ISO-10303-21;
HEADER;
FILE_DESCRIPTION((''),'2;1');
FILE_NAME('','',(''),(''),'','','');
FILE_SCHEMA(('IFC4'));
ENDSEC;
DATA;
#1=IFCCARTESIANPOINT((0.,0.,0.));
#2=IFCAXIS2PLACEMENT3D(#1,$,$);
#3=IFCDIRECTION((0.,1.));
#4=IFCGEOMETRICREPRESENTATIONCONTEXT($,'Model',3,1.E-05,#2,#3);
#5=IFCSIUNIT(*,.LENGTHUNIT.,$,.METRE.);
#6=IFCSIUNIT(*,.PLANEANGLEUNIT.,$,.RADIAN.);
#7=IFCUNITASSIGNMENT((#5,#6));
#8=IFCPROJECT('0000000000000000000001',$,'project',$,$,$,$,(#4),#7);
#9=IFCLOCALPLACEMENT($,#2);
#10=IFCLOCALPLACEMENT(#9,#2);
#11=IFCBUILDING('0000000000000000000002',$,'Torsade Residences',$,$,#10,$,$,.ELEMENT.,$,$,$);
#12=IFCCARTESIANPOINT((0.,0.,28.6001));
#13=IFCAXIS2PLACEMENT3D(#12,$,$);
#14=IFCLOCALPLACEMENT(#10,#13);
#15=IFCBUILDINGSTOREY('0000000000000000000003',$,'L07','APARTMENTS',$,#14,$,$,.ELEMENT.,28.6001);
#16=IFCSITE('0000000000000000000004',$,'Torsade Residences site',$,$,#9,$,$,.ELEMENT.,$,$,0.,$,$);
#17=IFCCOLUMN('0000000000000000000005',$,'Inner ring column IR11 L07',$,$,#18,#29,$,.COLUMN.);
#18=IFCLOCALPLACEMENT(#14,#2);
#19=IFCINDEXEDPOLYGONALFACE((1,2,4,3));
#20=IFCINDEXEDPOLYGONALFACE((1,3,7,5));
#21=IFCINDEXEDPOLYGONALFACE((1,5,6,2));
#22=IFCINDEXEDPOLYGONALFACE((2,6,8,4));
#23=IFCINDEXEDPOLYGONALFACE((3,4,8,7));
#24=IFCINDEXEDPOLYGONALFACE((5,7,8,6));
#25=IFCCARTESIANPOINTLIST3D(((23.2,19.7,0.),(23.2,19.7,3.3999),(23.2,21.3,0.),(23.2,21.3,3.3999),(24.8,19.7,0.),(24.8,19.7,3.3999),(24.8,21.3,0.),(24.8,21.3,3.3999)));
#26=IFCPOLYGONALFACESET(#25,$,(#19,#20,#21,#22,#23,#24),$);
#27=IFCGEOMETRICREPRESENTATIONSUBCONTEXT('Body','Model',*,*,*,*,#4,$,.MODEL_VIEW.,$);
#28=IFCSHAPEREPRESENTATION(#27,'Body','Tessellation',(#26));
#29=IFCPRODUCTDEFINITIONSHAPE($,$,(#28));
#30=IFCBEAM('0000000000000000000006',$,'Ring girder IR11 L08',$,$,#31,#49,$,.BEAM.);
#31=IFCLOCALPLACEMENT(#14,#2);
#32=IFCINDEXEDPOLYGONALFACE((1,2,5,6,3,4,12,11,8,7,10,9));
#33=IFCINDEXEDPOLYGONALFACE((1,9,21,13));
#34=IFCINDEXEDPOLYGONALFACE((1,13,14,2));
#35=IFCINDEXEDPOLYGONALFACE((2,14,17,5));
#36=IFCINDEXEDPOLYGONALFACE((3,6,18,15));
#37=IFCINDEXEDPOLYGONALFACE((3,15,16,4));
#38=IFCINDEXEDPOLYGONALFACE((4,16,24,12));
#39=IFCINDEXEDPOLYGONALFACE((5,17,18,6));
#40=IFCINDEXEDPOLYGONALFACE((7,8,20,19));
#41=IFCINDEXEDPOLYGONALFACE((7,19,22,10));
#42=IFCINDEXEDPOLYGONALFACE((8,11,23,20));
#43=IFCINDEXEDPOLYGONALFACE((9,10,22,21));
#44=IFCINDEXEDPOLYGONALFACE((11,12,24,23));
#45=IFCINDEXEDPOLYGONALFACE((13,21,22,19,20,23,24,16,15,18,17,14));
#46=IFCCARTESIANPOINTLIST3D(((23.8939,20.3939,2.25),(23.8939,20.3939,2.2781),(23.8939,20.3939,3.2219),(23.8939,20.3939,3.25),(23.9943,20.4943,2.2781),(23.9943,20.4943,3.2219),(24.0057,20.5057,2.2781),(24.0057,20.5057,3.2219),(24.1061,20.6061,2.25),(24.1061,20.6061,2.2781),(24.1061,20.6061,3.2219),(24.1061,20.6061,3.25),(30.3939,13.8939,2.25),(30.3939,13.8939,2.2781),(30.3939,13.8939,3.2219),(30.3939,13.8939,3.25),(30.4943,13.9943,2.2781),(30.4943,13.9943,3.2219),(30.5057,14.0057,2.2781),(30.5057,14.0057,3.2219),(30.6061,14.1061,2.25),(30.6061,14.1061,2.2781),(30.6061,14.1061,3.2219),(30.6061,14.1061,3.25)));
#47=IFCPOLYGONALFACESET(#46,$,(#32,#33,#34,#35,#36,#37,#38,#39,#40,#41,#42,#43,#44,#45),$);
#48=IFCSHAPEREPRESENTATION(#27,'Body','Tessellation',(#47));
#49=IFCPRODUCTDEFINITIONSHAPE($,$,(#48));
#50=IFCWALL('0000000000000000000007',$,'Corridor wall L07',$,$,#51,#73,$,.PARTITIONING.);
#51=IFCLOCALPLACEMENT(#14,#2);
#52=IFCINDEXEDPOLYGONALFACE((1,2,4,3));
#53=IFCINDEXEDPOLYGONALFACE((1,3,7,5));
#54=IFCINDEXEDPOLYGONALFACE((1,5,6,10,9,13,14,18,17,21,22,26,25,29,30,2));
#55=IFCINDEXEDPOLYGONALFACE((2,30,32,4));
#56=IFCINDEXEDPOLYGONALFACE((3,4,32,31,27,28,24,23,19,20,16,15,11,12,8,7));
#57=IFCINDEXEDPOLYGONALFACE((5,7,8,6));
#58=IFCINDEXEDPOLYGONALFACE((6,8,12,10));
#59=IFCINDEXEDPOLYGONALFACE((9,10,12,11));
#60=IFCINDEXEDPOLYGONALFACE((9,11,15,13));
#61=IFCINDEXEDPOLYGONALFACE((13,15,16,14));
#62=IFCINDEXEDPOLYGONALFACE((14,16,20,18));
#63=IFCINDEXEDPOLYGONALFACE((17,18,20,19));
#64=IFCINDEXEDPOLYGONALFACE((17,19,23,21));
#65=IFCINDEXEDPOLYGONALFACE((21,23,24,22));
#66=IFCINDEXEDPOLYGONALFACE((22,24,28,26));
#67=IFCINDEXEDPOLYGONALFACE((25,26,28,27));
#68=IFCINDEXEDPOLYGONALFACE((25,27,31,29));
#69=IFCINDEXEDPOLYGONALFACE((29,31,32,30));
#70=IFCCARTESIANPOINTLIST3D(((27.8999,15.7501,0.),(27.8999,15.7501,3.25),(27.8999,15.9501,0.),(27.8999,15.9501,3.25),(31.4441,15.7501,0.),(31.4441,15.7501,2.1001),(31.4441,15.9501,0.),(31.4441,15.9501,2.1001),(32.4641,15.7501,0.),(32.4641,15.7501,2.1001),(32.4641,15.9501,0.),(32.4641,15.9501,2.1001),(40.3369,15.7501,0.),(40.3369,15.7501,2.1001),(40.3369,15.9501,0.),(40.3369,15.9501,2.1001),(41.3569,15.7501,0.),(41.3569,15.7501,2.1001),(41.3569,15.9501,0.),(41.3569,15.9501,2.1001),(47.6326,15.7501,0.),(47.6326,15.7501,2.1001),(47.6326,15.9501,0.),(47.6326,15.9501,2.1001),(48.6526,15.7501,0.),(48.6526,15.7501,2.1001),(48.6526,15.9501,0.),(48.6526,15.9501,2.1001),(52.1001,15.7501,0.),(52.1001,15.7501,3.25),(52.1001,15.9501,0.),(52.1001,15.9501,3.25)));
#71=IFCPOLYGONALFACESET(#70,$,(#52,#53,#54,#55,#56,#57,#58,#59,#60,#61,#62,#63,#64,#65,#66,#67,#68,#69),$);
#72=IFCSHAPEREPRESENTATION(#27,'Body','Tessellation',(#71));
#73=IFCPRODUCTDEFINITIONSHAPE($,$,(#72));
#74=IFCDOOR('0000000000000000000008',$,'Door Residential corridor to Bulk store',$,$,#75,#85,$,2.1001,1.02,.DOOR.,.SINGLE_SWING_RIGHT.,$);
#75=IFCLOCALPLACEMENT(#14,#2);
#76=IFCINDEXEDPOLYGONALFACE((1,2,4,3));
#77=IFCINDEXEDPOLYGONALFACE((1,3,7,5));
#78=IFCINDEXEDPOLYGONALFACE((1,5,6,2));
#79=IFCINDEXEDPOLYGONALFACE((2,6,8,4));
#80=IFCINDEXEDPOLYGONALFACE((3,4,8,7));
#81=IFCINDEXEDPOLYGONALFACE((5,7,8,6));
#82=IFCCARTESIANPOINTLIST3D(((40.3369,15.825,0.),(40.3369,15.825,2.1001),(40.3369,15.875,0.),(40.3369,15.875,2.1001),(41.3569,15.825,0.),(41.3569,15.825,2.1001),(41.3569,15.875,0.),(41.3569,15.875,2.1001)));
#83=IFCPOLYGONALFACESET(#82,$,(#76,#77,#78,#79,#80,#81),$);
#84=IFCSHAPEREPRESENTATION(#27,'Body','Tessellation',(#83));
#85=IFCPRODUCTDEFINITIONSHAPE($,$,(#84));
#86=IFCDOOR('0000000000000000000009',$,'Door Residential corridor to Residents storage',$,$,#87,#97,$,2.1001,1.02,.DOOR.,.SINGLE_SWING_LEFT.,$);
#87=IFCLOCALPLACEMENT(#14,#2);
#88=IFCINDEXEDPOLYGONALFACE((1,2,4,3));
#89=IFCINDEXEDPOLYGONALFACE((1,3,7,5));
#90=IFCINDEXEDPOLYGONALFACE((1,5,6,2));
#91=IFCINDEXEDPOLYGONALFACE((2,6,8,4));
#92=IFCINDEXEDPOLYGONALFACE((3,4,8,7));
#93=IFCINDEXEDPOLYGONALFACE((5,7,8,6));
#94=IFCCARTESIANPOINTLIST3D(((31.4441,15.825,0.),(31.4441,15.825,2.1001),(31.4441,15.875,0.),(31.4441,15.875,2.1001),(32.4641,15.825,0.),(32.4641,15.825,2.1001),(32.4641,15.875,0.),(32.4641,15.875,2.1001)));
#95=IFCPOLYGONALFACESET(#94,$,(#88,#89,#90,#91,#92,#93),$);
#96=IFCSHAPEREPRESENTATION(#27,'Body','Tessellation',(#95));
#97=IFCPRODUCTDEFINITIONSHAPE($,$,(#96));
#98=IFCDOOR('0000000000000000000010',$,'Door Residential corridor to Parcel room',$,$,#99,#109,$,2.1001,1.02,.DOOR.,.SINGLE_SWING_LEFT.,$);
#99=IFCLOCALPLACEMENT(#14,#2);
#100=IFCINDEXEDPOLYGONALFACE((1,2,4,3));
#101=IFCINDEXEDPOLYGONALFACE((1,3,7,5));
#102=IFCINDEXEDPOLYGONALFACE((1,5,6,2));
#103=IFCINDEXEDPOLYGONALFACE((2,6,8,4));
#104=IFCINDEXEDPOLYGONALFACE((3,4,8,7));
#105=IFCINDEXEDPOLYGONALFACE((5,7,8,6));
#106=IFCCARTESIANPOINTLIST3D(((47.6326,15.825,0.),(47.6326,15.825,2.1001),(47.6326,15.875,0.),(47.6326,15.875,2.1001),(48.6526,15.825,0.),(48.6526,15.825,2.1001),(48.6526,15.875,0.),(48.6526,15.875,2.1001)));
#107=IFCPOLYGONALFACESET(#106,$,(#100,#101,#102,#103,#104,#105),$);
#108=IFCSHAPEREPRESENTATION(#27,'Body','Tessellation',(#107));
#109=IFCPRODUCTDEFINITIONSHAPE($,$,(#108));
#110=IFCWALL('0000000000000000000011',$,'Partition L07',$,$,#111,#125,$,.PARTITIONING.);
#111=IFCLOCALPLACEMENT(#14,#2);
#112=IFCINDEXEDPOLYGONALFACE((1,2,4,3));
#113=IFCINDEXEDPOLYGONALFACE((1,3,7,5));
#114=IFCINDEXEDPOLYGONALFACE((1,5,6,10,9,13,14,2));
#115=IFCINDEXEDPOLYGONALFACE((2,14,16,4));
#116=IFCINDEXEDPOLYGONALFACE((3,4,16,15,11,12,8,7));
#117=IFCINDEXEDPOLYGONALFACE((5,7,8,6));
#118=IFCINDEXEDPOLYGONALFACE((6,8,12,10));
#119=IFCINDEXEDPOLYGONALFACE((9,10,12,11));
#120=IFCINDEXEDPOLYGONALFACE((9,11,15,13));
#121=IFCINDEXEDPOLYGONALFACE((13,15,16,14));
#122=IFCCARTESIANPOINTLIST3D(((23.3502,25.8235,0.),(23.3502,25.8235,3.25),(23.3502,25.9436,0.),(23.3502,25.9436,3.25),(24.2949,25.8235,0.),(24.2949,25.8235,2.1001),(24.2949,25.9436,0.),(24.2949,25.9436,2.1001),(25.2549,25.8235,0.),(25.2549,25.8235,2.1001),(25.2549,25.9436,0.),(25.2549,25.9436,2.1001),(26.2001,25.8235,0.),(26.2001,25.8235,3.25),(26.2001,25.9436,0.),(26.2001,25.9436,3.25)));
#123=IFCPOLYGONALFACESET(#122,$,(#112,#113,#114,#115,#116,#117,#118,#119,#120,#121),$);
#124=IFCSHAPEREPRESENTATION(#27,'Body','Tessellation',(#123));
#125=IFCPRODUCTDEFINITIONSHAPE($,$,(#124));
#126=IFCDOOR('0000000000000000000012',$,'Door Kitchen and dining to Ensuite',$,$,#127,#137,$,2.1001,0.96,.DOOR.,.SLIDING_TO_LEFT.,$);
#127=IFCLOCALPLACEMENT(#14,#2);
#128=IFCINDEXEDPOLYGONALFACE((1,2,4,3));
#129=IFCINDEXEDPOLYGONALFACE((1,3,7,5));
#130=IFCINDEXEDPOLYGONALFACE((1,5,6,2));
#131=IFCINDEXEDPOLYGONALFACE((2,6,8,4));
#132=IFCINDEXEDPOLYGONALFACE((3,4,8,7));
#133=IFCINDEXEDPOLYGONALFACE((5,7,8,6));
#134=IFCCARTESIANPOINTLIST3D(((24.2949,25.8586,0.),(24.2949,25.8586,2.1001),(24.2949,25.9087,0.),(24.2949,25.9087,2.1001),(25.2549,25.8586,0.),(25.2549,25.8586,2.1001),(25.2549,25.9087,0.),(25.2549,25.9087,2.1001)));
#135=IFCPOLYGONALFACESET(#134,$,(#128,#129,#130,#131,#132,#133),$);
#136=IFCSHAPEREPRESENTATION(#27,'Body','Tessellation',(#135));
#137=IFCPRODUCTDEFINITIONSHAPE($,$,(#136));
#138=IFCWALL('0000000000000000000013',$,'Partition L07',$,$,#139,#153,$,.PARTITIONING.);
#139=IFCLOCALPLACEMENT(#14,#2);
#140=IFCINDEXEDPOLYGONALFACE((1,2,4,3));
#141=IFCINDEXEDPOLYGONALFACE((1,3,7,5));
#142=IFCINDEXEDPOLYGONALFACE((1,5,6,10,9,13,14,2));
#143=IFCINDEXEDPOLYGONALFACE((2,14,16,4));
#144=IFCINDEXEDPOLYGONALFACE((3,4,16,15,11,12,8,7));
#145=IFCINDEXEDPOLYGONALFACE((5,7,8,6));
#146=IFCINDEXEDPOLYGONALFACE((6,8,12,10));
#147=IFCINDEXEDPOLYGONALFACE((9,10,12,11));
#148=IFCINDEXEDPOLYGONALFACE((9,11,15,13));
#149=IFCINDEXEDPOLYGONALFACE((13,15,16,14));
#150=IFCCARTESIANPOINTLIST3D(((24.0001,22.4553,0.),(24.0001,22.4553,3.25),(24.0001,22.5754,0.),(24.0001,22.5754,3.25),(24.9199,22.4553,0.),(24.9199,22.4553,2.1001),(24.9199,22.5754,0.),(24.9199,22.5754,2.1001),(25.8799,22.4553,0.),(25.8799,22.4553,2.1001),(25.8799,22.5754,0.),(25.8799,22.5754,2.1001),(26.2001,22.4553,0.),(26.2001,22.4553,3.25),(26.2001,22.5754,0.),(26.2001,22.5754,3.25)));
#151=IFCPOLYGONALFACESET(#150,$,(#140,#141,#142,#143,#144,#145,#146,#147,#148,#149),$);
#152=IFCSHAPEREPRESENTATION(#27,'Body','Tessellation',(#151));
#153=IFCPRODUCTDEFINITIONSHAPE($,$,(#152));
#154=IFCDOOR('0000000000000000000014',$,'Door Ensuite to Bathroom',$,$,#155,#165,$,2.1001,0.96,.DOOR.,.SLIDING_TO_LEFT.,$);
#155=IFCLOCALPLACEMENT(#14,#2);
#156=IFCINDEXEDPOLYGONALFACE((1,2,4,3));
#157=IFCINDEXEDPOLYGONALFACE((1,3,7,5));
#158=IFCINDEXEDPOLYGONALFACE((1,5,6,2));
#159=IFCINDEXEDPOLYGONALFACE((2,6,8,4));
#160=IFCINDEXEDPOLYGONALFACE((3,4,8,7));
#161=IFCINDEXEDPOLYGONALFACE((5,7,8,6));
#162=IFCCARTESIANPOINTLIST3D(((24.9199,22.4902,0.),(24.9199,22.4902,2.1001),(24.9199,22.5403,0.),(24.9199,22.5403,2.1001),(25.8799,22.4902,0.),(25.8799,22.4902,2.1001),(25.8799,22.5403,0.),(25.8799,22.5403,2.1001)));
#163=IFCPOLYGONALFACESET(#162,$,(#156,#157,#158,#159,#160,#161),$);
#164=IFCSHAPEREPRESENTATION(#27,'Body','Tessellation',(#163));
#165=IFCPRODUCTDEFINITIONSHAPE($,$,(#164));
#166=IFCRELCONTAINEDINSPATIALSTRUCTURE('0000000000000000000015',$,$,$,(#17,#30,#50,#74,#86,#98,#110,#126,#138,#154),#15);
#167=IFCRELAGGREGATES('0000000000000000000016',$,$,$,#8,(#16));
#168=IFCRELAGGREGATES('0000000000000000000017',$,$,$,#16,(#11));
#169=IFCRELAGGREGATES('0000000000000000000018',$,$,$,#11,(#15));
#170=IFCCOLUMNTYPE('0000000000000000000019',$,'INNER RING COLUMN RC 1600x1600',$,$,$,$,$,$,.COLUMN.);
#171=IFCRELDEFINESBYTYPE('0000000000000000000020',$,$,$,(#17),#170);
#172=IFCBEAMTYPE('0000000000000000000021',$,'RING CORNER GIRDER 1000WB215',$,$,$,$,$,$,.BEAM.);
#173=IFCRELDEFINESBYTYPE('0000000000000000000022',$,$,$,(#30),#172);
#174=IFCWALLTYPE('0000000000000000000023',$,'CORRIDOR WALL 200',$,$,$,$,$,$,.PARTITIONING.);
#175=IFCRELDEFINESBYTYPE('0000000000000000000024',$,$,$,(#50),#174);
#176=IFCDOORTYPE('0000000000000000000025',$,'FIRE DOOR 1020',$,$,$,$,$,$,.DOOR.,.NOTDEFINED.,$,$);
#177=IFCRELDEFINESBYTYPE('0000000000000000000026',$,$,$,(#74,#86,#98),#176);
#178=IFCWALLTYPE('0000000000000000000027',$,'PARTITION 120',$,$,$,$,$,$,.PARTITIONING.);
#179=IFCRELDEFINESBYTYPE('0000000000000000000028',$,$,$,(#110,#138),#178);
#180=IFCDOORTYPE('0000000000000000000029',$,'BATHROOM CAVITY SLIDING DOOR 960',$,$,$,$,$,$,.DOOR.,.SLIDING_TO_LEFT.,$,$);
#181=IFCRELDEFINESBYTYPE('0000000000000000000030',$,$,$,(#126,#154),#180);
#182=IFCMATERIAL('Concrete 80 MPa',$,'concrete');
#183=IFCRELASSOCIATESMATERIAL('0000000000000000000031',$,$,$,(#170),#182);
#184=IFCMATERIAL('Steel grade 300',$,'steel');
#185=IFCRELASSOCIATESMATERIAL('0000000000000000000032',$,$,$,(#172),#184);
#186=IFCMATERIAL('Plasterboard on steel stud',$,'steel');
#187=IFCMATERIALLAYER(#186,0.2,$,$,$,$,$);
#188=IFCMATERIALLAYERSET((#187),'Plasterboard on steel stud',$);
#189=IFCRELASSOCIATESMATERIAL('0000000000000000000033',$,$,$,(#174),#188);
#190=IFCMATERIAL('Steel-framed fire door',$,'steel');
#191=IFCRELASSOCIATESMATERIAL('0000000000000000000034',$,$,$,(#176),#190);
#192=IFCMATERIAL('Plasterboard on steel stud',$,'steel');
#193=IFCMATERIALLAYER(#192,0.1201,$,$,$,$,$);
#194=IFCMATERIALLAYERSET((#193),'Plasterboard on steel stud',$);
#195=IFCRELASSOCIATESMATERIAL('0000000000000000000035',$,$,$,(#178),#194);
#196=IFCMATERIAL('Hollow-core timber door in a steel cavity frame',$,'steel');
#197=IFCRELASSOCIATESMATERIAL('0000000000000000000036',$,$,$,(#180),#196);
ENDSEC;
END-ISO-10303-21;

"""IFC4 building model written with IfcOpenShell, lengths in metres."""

from ifc_helpers import new_model, si_unit, direction, frame, frame_2d, origin, origin_2d, place, context, subcontext, project, spatial, rectangle, i_section, extrude, material, layer, layer_set, material_profile, profile_set, type_object, element, fill, save


model = new_model("IFC4")

# Units and contexts
model_context = context("Model", 3, precision=1e-05, world=origin(), true_north=direction((0.0, 1.0)))
body_context = subcontext(model_context, "Body", "Model", "MODEL_VIEW")
ifc_project = project(units=[si_unit("LENGTHUNIT", "METRE"), si_unit("PLANEANGLEUNIT", "RADIAN")], contexts=[model_context])

# Site, building, storey
site_placement = place(None, origin())
site = spatial("IfcSite", under=ifc_project, at=site_placement, Name="Torsade Residences site", CompositionType="ELEMENT", RefElevation=0.0)
building_placement = place(site_placement, origin())
building = spatial("IfcBuilding", under=site, at=building_placement, Name="Torsade Residences", CompositionType="ELEMENT")
storey_placement = place(building_placement, frame((0.0, 0.0, 28.6001)))
storey = spatial("IfcBuildingStorey", under=building, at=storey_placement, Name="L07", Description="APARTMENTS", CompositionType="ELEMENT", Elevation=28.6001)

# Column
ifc_material_1 = material(Name="Concrete 80 MPa", Category="concrete")
ifc_material_profile_1 = material_profile(ifc_material_1, rectangle(XDim=1.6001, YDim=1.6001, at=origin_2d()), Name="RC 1600x1600")
ifc_profile_set_1 = profile_set([ifc_material_profile_1], Name="Concrete 80 MPa")
column_type = type_object("IfcColumnType", Name="INNER RING COLUMN RC 1600x1600", PredefinedType="COLUMN", material=ifc_profile_set_1)
column_placement = place(storey_placement, frame((24.0, 20.5, 0.0), z_axis=(0.0, 0.0, 1.0), x_axis=(1.0, 0.0, 0.0)))
element("IfcColumn", 1, at=column_placement, inside=storey, type_object=column_type, Name="Inner ring column IR11 L07", PredefinedType="COLUMN", context=body_context, shape_type="SweptSolid", body=[
    extrude(rectangle(XDim=1.6001, YDim=1.6001, at=origin_2d()), origin(), (0.0, 0.0, 1.0), 3.3999),
])

# Beam
ifc_material_2 = material(Name="Steel grade 300", Category="steel")
ifc_material_profile_2 = material_profile(ifc_material_2, i_section(OverallWidth=0.3, OverallDepth=1.0, WebThickness=0.0161, FlangeThickness=0.0281, at=origin_2d()), Name="1000WB215")
ifc_profile_set_2 = profile_set([ifc_material_profile_2], Name="Steel grade 300")
beam_type = type_object("IfcBeamType", Name="RING CORNER GIRDER 1000WB215", PredefinedType="BEAM", material=ifc_profile_set_2)
beam_placement = place(storey_placement, frame((24.0, 20.5, 2.75), z_axis=(0.707107, -0.707107, 0.0), x_axis=(0.707107, 0.707107, 0.0)))
element("IfcBeam", 2, at=beam_placement, inside=storey, type_object=beam_type, Name="Ring girder IR11 L08", PredefinedType="BEAM", context=body_context, shape_type="SweptSolid", body=[
    extrude(i_section(OverallWidth=0.3, OverallDepth=1.0, WebThickness=0.0161, FlangeThickness=0.0281, at=origin_2d()), origin(), (0.0, 0.0, 1.0), 9.1924),
])

# Wall, openings, doors
ifc_material_3 = material(Name="Plasterboard on steel stud", Category="steel")
ifc_layer_1 = layer(ifc_material_3, 0.2)
ifc_layer_set_1 = layer_set([ifc_layer_1], Name="Plasterboard on steel stud")
wall_type_1 = type_object("IfcWallType", Name="CORRIDOR WALL 200", PredefinedType="PARTITIONING", material=ifc_layer_set_1)
wall_1_placement = place(storey_placement, frame((27.8999, 15.8501, 0.0), z_axis=(0.0, 0.0, 1.0), x_axis=(1.0, 0.0, 0.0)))
wall_1 = element("IfcWall", 3, at=wall_1_placement, inside=storey, type_object=wall_type_1, Name="Corridor wall L07", PredefinedType="PARTITIONING", context=body_context, shape_type="SweptSolid", body=[
    extrude(rectangle(XDim=24.2002, YDim=0.2, at=frame_2d((12.1001, 0.0))), origin(), (0.0, 0.0, 1.0), 3.25),
])
opening_1_placement = place(wall_1_placement, frame((12.437, 0.0, 0.0)))
opening_1 = element("IfcOpeningElement", 4, at=opening_1_placement, cuts=wall_1, PredefinedType="OPENING", context=body_context, shape_type="SweptSolid", body=[
    extrude(rectangle(XDim=1.02, YDim=2.1001, at=frame_2d((0.51, 1.05))), frame((0.0, 0.1099, 0.0), z_axis=(0.0, -1.0, 0.0), x_axis=(1.0, 0.0, 0.0)), (0.0, 0.0, 1.0), 0.22),
])
opening_2_placement = place(wall_1_placement, frame((3.5442, 0.0, 0.0)))
opening_2 = element("IfcOpeningElement", 5, at=opening_2_placement, cuts=wall_1, PredefinedType="OPENING", context=body_context, shape_type="SweptSolid", body=[
    extrude(rectangle(XDim=1.02, YDim=2.1001, at=frame_2d((0.51, 1.05))), frame((0.0, 0.1099, 0.0), z_axis=(0.0, -1.0, 0.0), x_axis=(1.0, 0.0, 0.0)), (0.0, 0.0, 1.0), 0.22),
])
opening_3_placement = place(wall_1_placement, frame((19.7327, 0.0, 0.0)))
opening_3 = element("IfcOpeningElement", 6, at=opening_3_placement, cuts=wall_1, PredefinedType="OPENING", context=body_context, shape_type="SweptSolid", body=[
    extrude(rectangle(XDim=1.02, YDim=2.1001, at=frame_2d((0.51, 1.05))), frame((0.0, 0.1099, 0.0), z_axis=(0.0, -1.0, 0.0), x_axis=(1.0, 0.0, 0.0)), (0.0, 0.0, 1.0), 0.22),
])
ifc_material_4 = material(Name="Steel-framed fire door", Category="steel")
door_type_1 = type_object("IfcDoorType", Name="FIRE DOOR 1020", OperationType="NOTDEFINED", PredefinedType="DOOR", material=ifc_material_4)
door_1_placement = place(opening_1_placement, origin())
door_1 = element("IfcDoor", 7, at=door_1_placement, inside=storey, type_object=door_type_1, Name="Door Residential corridor to Bulk store", OperationType="SINGLE_SWING_RIGHT", OverallHeight=2.1001, OverallWidth=1.02, PredefinedType="DOOR", context=body_context, shape_type="SweptSolid", body=[
    extrude(rectangle(XDim=1.02, YDim=2.1001, at=frame_2d((0.51, 1.05))), frame((0.0, 0.0249, 0.0), z_axis=(0.0, -1.0, 0.0), x_axis=(1.0, 0.0, 0.0)), (0.0, 0.0, 1.0), 0.05),
])
fill(opening_1, door_1)
door_2_placement = place(opening_2_placement, origin())
door_2 = element("IfcDoor", 8, at=door_2_placement, inside=storey, type_object=door_type_1, Name="Door Residential corridor to Residents storage", OperationType="SINGLE_SWING_LEFT", OverallHeight=2.1001, OverallWidth=1.02, PredefinedType="DOOR", context=body_context, shape_type="SweptSolid", body=[
    extrude(rectangle(XDim=1.02, YDim=2.1001, at=frame_2d((0.51, 1.05))), frame((0.0, 0.0249, 0.0), z_axis=(0.0, -1.0, 0.0), x_axis=(1.0, 0.0, 0.0)), (0.0, 0.0, 1.0), 0.05),
])
fill(opening_2, door_2)
door_3_placement = place(opening_3_placement, origin())
door_3 = element("IfcDoor", 9, at=door_3_placement, inside=storey, type_object=door_type_1, Name="Door Residential corridor to Parcel room", OperationType="SINGLE_SWING_LEFT", OverallHeight=2.1001, OverallWidth=1.02, PredefinedType="DOOR", context=body_context, shape_type="SweptSolid", body=[
    extrude(rectangle(XDim=1.02, YDim=2.1001, at=frame_2d((0.51, 1.05))), frame((0.0, 0.0249, 0.0), z_axis=(0.0, -1.0, 0.0), x_axis=(1.0, 0.0, 0.0)), (0.0, 0.0, 1.0), 0.05),
])
fill(opening_3, door_3)

# Walls, openings, doors
ifc_material_5 = material(Name="Plasterboard on steel stud", Category="steel")
ifc_layer_2 = layer(ifc_material_5, 0.1201)
ifc_layer_set_2 = layer_set([ifc_layer_2], Name="Plasterboard on steel stud")
wall_type_2 = type_object("IfcWallType", Name="PARTITION 120", PredefinedType="PARTITIONING", material=ifc_layer_set_2)
wall_2_placement = place(storey_placement, frame((26.2, 25.8835, 0.0), z_axis=(0.0, 0.0, 1.0), x_axis=(-1.0, 0.0, 0.0)))
wall_2 = element("IfcWall", 10, at=wall_2_placement, inside=storey, type_object=wall_type_2, Name="Partition L07", PredefinedType="PARTITIONING", context=body_context, shape_type="SweptSolid", body=[
    extrude(rectangle(XDim=2.8499, YDim=0.1201, at=frame_2d((1.4248, 0.0))), origin(), (0.0, 0.0, 1.0), 3.25),
])
opening_4_placement = place(wall_2_placement, frame((0.9451, 0.0, 0.0)))
opening_4 = element("IfcOpeningElement", 11, at=opening_4_placement, cuts=wall_2, PredefinedType="OPENING", context=body_context, shape_type="SweptSolid", body=[
    extrude(rectangle(XDim=0.96, YDim=2.1001, at=frame_2d((0.48, 1.05))), frame((0.0, 0.0701, 0.0), z_axis=(0.0, -1.0, 0.0), x_axis=(1.0, 0.0, 0.0)), (0.0, 0.0, 1.0), 0.1401),
])
ifc_material_6 = material(Name="Hollow-core timber door in a steel cavity frame", Category="steel")
door_type_2 = type_object("IfcDoorType", Name="BATHROOM CAVITY SLIDING DOOR 960", OperationType="SLIDING_TO_LEFT", PredefinedType="DOOR", material=ifc_material_6)
door_4_placement = place(opening_4_placement, origin())
door_4 = element("IfcDoor", 12, at=door_4_placement, inside=storey, type_object=door_type_2, Name="Door Kitchen and dining to Ensuite", OperationType="SLIDING_TO_LEFT", OverallHeight=2.1001, OverallWidth=0.96, PredefinedType="DOOR", context=body_context, shape_type="SweptSolid", body=[
    extrude(rectangle(XDim=0.96, YDim=2.1001, at=frame_2d((0.48, 1.05))), frame((0.0, 0.0249, 0.0), z_axis=(0.0, -1.0, 0.0), x_axis=(1.0, 0.0, 0.0)), (0.0, 0.0, 1.0), 0.05),
])
fill(opening_4, door_4)
wall_3_placement = place(storey_placement, frame((24.0, 22.5154, 0.0), z_axis=(0.0, 0.0, 1.0), x_axis=(1.0, 0.0, 0.0)))
wall_3 = element("IfcWall", 13, at=wall_3_placement, inside=storey, type_object=wall_type_2, Name="Partition L07", PredefinedType="PARTITIONING", context=body_context, shape_type="SweptSolid", body=[
    extrude(rectangle(XDim=2.2, YDim=0.1201, at=frame_2d((1.1001, 0.0))), origin(), (0.0, 0.0, 1.0), 3.25),
])
opening_5_placement = place(wall_3_placement, frame((0.9199, 0.0, 0.0)))
opening_5 = element("IfcOpeningElement", 14, at=opening_5_placement, cuts=wall_3, PredefinedType="OPENING", context=body_context, shape_type="SweptSolid", body=[
    extrude(rectangle(XDim=0.96, YDim=2.1001, at=frame_2d((0.48, 1.05))), frame((0.0, 0.0701, 0.0), z_axis=(0.0, -1.0, 0.0), x_axis=(1.0, 0.0, 0.0)), (0.0, 0.0, 1.0), 0.1401),
])
door_5_placement = place(opening_5_placement, origin())
door_5 = element("IfcDoor", 15, at=door_5_placement, inside=storey, type_object=door_type_2, Name="Door Ensuite to Bathroom", OperationType="SLIDING_TO_LEFT", OverallHeight=2.1001, OverallWidth=0.96, PredefinedType="DOOR", context=body_context, shape_type="SweptSolid", body=[
    extrude(rectangle(XDim=0.96, YDim=2.1001, at=frame_2d((0.48, 1.05))), frame((0.0, 0.0249, 0.0), z_axis=(0.0, -1.0, 0.0), x_axis=(1.0, 0.0, 0.0)), (0.0, 0.0, 1.0), 0.05),
])
fill(opening_5, door_5)

save(model, "model.ifc")
